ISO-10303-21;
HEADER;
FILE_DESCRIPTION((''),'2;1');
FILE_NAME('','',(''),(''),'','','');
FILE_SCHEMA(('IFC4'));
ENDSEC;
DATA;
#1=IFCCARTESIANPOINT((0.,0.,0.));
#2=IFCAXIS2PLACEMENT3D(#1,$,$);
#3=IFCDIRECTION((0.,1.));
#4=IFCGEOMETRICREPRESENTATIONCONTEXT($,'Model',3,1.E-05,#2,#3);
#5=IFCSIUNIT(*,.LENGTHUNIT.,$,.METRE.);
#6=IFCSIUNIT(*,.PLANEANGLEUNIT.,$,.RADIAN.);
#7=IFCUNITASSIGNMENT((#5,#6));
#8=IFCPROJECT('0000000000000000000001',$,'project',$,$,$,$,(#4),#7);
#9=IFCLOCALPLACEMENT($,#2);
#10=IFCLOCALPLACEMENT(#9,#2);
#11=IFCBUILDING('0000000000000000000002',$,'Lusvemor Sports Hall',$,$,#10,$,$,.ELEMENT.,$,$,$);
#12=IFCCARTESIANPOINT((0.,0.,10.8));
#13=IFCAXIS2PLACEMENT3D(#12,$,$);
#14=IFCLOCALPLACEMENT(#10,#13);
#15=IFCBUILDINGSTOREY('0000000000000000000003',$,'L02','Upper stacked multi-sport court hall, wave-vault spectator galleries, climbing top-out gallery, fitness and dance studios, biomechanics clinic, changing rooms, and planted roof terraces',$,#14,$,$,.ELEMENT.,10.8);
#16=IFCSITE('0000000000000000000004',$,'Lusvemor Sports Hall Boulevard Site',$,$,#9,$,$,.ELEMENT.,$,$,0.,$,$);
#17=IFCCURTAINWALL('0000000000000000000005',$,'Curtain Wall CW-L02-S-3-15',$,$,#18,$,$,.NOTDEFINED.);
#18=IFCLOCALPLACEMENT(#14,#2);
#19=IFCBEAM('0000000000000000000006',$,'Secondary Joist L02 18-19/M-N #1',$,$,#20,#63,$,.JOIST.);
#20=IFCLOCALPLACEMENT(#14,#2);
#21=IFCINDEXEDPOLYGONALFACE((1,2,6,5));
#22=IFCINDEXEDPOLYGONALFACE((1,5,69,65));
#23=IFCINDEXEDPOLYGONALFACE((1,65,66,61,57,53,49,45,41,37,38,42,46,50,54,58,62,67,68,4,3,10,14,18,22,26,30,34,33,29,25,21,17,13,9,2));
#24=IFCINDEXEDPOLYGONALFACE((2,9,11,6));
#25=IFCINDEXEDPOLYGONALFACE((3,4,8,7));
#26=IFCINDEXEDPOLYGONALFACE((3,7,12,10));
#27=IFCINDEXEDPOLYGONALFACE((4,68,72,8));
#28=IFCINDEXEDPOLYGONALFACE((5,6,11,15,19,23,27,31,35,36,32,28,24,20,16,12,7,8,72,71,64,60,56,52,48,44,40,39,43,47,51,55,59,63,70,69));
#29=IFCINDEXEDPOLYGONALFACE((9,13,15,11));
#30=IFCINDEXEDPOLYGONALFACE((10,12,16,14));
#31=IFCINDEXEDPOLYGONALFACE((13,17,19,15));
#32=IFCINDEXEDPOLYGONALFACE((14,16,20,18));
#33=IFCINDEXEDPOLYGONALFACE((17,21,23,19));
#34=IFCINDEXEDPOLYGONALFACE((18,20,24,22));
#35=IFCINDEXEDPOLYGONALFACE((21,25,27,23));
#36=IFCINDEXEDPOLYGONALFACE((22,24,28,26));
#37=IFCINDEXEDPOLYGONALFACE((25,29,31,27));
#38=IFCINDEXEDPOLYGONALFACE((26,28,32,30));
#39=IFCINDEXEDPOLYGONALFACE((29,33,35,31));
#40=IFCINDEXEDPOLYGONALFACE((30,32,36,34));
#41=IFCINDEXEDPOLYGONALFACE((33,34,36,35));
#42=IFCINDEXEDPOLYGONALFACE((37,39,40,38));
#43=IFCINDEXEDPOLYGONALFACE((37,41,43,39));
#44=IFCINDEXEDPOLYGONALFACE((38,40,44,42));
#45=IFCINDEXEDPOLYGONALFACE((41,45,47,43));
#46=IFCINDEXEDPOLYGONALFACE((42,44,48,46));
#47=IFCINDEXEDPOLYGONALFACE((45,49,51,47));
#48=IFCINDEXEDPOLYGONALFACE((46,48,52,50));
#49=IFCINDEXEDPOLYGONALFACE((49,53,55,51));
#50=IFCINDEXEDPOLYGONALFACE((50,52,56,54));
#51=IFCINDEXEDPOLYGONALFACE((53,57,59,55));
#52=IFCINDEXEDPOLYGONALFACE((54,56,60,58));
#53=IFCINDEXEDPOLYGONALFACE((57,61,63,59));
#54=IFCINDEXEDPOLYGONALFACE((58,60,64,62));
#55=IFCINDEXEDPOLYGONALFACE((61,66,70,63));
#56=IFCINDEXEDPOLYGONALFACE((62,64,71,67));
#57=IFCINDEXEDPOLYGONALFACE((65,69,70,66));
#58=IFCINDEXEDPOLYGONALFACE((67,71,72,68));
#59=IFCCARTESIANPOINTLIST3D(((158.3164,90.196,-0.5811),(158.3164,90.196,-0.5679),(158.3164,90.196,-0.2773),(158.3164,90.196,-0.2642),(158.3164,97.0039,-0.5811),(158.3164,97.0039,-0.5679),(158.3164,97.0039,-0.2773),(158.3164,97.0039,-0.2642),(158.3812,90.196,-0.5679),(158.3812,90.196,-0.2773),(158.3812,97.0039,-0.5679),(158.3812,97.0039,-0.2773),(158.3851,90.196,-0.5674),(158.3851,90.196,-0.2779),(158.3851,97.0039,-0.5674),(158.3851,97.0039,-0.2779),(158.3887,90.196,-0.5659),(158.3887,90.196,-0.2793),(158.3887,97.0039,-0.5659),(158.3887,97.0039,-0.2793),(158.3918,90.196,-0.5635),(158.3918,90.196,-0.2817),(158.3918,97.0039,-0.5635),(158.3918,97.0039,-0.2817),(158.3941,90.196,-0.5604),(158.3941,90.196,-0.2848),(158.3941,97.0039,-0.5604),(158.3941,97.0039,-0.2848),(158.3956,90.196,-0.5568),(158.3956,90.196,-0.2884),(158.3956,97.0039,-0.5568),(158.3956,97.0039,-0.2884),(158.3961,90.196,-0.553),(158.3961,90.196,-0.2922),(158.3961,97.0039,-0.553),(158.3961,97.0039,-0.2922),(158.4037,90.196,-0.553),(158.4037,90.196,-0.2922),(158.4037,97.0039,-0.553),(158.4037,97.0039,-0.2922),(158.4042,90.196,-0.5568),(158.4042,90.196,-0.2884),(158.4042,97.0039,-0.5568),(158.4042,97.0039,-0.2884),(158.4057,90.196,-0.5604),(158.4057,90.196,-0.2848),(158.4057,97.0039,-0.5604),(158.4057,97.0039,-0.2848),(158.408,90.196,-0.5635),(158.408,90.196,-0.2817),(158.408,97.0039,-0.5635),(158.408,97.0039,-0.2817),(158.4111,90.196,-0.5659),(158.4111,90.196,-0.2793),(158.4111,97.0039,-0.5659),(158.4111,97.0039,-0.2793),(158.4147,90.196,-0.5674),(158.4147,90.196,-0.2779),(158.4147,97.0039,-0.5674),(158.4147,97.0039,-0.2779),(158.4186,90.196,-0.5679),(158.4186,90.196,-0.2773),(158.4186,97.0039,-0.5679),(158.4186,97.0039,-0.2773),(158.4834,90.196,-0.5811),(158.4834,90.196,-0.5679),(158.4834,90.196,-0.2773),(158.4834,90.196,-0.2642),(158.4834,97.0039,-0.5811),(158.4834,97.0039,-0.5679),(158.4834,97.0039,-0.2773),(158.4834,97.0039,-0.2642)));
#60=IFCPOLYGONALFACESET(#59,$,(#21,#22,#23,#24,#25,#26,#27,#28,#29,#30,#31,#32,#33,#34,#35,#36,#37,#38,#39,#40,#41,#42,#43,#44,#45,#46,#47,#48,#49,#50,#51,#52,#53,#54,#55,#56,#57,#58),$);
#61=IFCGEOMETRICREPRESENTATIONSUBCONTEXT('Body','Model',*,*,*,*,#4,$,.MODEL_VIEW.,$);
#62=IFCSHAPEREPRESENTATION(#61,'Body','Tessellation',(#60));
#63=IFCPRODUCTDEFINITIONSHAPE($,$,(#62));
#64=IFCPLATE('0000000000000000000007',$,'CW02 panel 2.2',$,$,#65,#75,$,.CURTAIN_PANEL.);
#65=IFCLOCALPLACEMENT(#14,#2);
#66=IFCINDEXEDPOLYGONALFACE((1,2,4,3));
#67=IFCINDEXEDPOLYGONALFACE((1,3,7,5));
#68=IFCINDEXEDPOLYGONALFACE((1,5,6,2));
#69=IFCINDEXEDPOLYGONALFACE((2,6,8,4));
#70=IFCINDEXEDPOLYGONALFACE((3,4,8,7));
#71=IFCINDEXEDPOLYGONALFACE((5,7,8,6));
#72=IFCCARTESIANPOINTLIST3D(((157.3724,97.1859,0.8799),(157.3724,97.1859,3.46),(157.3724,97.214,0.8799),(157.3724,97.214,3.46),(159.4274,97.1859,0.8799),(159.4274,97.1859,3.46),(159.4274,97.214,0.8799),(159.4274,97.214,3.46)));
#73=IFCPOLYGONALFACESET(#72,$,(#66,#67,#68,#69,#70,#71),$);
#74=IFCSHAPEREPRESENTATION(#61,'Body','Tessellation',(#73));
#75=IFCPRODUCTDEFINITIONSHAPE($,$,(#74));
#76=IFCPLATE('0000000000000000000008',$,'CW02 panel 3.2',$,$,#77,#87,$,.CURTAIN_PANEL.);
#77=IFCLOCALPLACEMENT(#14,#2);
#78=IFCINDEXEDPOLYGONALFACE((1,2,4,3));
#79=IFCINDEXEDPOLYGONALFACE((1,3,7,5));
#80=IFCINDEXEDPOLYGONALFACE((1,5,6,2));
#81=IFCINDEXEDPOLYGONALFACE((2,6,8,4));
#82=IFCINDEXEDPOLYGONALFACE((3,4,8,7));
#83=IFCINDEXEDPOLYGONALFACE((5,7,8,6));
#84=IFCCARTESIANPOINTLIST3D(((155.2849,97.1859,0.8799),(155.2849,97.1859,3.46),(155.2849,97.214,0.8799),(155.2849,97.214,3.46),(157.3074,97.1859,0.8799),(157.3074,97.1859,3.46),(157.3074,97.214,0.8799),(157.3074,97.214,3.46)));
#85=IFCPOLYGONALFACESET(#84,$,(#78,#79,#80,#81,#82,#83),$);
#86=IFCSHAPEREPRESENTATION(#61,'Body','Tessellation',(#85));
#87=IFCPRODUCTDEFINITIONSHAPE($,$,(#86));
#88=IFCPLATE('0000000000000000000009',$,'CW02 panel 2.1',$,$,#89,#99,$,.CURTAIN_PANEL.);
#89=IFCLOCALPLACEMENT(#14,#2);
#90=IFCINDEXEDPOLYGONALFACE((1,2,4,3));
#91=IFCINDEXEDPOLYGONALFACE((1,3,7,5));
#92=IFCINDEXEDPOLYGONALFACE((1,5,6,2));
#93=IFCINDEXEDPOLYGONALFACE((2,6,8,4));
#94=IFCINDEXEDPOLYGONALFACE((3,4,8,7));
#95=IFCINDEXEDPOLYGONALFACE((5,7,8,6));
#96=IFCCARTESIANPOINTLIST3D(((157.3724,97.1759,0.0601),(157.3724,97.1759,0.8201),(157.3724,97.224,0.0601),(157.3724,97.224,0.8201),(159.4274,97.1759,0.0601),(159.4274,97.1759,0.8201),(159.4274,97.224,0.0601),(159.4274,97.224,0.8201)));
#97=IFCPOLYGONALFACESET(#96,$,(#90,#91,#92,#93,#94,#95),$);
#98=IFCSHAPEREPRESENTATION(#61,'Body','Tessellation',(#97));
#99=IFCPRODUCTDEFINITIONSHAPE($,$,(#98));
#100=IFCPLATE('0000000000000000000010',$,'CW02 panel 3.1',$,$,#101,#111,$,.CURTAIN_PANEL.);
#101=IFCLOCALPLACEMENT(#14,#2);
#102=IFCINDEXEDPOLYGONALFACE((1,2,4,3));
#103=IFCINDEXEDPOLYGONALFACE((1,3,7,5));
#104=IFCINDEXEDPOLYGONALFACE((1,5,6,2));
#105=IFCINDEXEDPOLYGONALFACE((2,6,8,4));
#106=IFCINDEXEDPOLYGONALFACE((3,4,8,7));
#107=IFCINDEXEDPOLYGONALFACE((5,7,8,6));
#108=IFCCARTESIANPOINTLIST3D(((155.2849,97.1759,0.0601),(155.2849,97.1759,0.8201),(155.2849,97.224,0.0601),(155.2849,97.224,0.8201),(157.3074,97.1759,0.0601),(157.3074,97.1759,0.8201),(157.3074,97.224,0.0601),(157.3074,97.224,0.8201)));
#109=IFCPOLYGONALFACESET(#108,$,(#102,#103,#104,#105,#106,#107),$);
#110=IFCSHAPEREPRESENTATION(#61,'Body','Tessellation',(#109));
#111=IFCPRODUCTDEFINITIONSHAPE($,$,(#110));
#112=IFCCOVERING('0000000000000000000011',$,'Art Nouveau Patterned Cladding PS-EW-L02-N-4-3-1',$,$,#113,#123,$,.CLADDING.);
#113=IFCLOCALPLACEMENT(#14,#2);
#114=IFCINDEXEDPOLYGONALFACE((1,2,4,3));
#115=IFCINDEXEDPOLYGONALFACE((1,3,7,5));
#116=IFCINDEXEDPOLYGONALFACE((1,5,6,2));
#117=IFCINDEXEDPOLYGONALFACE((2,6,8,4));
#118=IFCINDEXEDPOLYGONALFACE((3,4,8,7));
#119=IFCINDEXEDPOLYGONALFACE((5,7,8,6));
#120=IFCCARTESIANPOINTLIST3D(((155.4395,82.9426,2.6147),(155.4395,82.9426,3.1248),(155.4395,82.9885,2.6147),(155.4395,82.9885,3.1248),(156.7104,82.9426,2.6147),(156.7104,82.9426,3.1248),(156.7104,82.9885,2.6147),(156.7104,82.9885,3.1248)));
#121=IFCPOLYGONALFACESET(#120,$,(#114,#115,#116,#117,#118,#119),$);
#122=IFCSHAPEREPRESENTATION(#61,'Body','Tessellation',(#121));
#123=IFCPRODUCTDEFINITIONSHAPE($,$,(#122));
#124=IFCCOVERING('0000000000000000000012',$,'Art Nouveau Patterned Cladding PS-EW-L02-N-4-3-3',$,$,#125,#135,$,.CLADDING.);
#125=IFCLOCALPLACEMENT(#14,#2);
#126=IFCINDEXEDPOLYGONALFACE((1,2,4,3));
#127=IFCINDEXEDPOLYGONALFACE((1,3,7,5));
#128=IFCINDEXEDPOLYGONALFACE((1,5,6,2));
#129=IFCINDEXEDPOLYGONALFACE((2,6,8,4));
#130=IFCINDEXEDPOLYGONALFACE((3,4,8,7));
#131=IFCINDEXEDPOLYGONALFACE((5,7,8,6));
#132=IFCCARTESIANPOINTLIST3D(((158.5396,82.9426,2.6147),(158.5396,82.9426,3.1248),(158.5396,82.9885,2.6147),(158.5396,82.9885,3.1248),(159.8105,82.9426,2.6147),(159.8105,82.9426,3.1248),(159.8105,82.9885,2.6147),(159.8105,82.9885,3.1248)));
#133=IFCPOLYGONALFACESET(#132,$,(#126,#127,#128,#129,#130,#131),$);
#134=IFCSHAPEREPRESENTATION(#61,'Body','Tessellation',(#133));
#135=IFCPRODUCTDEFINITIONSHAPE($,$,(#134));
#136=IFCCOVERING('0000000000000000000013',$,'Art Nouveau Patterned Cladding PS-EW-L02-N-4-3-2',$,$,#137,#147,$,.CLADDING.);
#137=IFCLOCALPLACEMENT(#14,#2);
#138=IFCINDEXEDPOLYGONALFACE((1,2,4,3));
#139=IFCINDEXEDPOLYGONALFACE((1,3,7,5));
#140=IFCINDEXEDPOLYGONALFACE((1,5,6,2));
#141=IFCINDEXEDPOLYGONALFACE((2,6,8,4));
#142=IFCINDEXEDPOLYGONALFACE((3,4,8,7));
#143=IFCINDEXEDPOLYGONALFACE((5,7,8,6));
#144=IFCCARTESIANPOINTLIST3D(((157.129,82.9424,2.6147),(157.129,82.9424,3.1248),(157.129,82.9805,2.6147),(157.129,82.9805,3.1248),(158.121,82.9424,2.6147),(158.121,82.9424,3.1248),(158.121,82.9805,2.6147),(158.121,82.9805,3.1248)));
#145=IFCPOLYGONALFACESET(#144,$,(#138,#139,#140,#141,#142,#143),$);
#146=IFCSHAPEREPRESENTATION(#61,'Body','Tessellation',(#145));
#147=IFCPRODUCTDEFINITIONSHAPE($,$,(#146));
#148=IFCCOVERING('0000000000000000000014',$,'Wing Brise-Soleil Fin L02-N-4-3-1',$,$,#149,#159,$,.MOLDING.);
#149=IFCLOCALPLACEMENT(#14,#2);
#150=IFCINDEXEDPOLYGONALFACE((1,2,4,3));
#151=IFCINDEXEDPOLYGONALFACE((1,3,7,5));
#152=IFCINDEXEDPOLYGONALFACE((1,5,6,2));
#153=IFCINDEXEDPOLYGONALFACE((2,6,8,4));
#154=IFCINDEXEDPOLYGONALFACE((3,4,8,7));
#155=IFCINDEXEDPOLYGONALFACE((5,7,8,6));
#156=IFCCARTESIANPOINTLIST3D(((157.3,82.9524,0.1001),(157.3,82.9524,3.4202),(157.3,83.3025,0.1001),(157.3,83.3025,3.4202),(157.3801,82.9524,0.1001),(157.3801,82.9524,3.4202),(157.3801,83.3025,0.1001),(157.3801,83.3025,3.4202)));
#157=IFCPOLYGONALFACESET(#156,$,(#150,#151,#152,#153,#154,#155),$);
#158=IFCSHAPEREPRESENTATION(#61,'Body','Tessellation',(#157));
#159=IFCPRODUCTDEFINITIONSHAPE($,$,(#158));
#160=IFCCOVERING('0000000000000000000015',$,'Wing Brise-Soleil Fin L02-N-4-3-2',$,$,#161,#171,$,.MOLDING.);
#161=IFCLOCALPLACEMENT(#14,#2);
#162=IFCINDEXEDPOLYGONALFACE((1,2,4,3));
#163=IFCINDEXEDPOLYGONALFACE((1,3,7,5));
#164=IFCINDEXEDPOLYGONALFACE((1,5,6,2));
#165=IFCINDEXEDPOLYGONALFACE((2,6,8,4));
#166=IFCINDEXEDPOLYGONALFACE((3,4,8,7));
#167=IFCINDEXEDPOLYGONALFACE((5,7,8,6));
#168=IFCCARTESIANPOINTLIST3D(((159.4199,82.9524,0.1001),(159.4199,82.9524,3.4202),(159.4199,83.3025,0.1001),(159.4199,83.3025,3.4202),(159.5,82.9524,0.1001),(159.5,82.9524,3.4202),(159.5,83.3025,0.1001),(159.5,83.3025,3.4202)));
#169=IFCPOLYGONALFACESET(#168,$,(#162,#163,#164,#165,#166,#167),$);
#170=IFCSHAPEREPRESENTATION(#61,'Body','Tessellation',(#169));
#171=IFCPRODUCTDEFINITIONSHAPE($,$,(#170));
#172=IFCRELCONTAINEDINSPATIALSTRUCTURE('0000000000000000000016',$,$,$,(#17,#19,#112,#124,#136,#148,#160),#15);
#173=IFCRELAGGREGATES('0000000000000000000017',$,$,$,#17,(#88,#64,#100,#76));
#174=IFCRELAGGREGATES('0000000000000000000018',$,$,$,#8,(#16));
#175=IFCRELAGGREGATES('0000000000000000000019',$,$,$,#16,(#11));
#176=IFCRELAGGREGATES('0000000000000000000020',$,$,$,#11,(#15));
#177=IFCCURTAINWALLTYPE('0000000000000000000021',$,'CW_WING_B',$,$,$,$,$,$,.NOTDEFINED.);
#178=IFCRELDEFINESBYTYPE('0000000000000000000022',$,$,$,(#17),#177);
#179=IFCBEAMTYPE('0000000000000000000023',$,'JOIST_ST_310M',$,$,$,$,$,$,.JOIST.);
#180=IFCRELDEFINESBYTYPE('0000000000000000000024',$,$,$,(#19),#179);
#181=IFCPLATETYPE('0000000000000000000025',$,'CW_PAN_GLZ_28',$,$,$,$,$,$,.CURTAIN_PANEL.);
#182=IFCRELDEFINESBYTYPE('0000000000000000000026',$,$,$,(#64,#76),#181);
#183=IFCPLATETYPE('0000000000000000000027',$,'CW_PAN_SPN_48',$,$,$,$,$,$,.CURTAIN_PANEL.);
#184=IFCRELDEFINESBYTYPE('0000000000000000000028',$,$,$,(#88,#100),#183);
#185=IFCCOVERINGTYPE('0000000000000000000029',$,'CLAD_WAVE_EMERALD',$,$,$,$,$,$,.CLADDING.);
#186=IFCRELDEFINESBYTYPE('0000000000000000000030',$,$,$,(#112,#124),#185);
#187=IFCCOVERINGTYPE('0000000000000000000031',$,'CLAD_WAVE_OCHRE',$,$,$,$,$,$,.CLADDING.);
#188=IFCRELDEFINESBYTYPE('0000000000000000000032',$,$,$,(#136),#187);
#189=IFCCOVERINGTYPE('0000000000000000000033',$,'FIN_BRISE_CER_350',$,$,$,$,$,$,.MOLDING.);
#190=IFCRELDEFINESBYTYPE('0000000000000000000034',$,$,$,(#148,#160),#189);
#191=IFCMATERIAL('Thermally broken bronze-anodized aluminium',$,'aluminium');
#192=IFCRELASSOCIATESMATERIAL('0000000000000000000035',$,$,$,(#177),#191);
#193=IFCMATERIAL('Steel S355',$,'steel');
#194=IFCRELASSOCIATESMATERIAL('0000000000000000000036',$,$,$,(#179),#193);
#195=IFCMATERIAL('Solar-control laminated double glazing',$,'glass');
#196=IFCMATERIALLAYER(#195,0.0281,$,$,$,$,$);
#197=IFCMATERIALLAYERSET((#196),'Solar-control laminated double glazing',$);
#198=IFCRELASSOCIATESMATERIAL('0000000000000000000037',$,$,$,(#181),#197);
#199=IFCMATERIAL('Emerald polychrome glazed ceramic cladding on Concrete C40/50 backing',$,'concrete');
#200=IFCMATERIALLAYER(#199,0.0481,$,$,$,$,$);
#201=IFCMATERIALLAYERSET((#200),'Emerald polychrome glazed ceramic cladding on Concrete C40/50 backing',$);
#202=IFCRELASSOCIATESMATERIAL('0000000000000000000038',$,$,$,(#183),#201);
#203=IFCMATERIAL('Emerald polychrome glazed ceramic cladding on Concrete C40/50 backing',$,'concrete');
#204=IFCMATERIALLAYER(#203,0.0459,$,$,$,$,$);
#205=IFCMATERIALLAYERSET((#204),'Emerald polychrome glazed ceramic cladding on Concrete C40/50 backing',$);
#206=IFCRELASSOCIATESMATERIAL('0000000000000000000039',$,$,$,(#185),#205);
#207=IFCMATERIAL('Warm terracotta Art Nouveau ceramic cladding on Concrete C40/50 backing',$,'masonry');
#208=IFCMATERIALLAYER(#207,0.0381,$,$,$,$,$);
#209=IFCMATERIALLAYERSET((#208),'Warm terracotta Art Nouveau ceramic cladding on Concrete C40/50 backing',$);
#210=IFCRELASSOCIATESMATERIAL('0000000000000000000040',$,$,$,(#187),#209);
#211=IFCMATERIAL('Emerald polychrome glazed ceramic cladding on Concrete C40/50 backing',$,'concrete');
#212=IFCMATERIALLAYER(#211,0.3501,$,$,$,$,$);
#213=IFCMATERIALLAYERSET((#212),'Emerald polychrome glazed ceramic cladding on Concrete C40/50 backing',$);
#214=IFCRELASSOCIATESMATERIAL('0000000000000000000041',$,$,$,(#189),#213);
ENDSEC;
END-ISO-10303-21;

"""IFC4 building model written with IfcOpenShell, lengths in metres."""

from ifc_helpers import new_model, si_unit, direction, frame, origin, origin_2d, place, context, subcontext, project, spatial, rectangle, i_section, extrude, material, layer, layer_set, material_profile, profile_set, type_object, element, aggregate, save


model = new_model("IFC4")

# Units and contexts
model_context = context("Model", 3, precision=1e-05, world=origin(), true_north=direction((0.0, 1.0)))
body_context = subcontext(model_context, "Body", "Model", "MODEL_VIEW")
ifc_project = project(units=[si_unit("LENGTHUNIT", "METRE"), si_unit("PLANEANGLEUNIT", "RADIAN")], contexts=[model_context])

# Site, building, storey
site_placement = place(None, origin())
site = spatial("IfcSite", under=ifc_project, at=site_placement, Name="Lusvemor Sports Hall Boulevard Site", CompositionType="ELEMENT", RefElevation=0.0)
building_placement = place(site_placement, origin())
building = spatial("IfcBuilding", under=site, at=building_placement, Name="Lusvemor Sports Hall", CompositionType="ELEMENT")
storey_placement = place(building_placement, frame((0.0, 0.0, 10.8)))
storey = spatial("IfcBuildingStorey", under=building, at=storey_placement, Name="L02", Description="Upper stacked multi-sport court hall, wave-vault spectator galleries, climbing top-out gallery, fitness and dance studios, biomechanics clinic, changing rooms, and planted roof terraces", CompositionType="ELEMENT", Elevation=10.8)

# Curtain wall
ifc_material_1 = material(Name="Thermally broken bronze-anodized aluminium", Category="aluminium")
curtain_wall_type = type_object("IfcCurtainWallType", Name="CW_WING_B", PredefinedType="NOTDEFINED", material=ifc_material_1)
curtain_wall_placement = place(storey_placement, origin())
curtain_wall = element("IfcCurtainWall", 1, at=curtain_wall_placement, inside=storey, type_object=curtain_wall_type, Name="Curtain Wall CW-L02-S-3-15", PredefinedType="NOTDEFINED")

# Beam
ifc_material_2 = material(Name="Steel S355", Category="steel")
ifc_material_profile_1 = material_profile(ifc_material_2, i_section(OverallWidth=0.167, OverallDepth=0.3169, WebThickness=0.0076, FlangeThickness=0.0132, FilletRadius=0.0149, at=origin_2d()), Name="W310x52.0")
ifc_profile_set_1 = profile_set([ifc_material_profile_1], Name="Steel S355")
beam_type_1 = type_object("IfcBeamType", Name="JOIST_ST_310M", PredefinedType="JOIST", material=ifc_profile_set_1)
for number, where, z_axis, x_axis, name in (
    (2, (158.3999, 90.196, -0.4226), (0.0, 1.0, 0.0), (-1.0, 0.0, 0.0), "Secondary Joist L02 18-19/M-N #1"),
):
    element("IfcBeam", number, at=place(storey_placement, frame(where, z_axis=z_axis, x_axis=x_axis)), inside=storey, type_object=beam_type_1, Name=name, PredefinedType="JOIST", context=body_context, shape_type="SweptSolid", body=[
        extrude(i_section(OverallWidth=0.167, OverallDepth=0.3169, WebThickness=0.0076, FlangeThickness=0.0132, FilletRadius=0.0149, at=origin_2d()), origin(), (0.0, 0.0, 1.0), 6.8079),
    ])

# Plates
ifc_material_3 = material(Name="Solar-control laminated double glazing", Category="glass")
ifc_layer_1 = layer(ifc_material_3, 0.0281)
ifc_layer_set_1 = layer_set([ifc_layer_1], Name="Solar-control laminated double glazing")
plate_type_1 = type_object("IfcPlateType", Name="CW_PAN_GLZ_28", PredefinedType="CURTAIN_PANEL", material=ifc_layer_set_1)
plate_1_placement = place(storey_placement, frame((158.3999, 97.2, 0.8799), z_axis=(0.0, 0.0, 1.0), x_axis=(-1.0, 0.0, 0.0)))
plate_1 = element("IfcPlate", 3, at=plate_1_placement, type_object=plate_type_1, Name="CW02 panel 2.2", PredefinedType="CURTAIN_PANEL", context=body_context, shape_type="SweptSolid", body=[
    extrude(rectangle(XDim=2.0549, YDim=0.0281, at=origin_2d()), origin(), (0.0, 0.0, 1.0), 2.5801),
])
plate_2_placement = place(storey_placement, frame((156.2961, 97.2, 0.8799), z_axis=(0.0, 0.0, 1.0), x_axis=(-1.0, 0.0, 0.0)))
plate_2 = element("IfcPlate", 4, at=plate_2_placement, type_object=plate_type_1, Name="CW02 panel 3.2", PredefinedType="CURTAIN_PANEL", context=body_context, shape_type="SweptSolid", body=[
    extrude(rectangle(XDim=2.0225, YDim=0.0281, at=origin_2d()), origin(), (0.0, 0.0, 1.0), 2.5801),
])
ifc_material_4 = material(Name="Emerald polychrome glazed ceramic cladding on Concrete C40/50 backing", Category="concrete")
ifc_layer_2 = layer(ifc_material_4, 0.0481)
ifc_layer_set_2 = layer_set([ifc_layer_2], Name="Emerald polychrome glazed ceramic cladding on Concrete C40/50 backing")
plate_type_2 = type_object("IfcPlateType", Name="CW_PAN_SPN_48", PredefinedType="CURTAIN_PANEL", material=ifc_layer_set_2)
plate_3_placement = place(storey_placement, frame((158.3999, 97.2, 0.0601), z_axis=(0.0, 0.0, 1.0), x_axis=(-1.0, 0.0, 0.0)))
plate_3 = element("IfcPlate", 5, at=plate_3_placement, type_object=plate_type_2, Name="CW02 panel 2.1", PredefinedType="CURTAIN_PANEL", context=body_context, shape_type="SweptSolid", body=[
    extrude(rectangle(XDim=2.0549, YDim=0.0481, at=origin_2d()), origin(), (0.0, 0.0, 1.0), 0.76),
])
plate_4_placement = place(storey_placement, frame((156.2961, 97.2, 0.0601), z_axis=(0.0, 0.0, 1.0), x_axis=(-1.0, 0.0, 0.0)))
plate_4 = element("IfcPlate", 6, at=plate_4_placement, type_object=plate_type_2, Name="CW02 panel 3.1", PredefinedType="CURTAIN_PANEL", context=body_context, shape_type="SweptSolid", body=[
    extrude(rectangle(XDim=2.0225, YDim=0.0481, at=origin_2d()), origin(), (0.0, 0.0, 1.0), 0.76),
])
aggregate(curtain_wall, [plate_3, plate_1, plate_4, plate_2])

# Coverings
ifc_material_5 = material(Name="Emerald polychrome glazed ceramic cladding on Concrete C40/50 backing", Category="concrete")
ifc_layer_3 = layer(ifc_material_5, 0.0459)
ifc_layer_set_3 = layer_set([ifc_layer_3], Name="Emerald polychrome glazed ceramic cladding on Concrete C40/50 backing")
covering_type_1 = type_object("IfcCoveringType", Name="CLAD_WAVE_EMERALD", PredefinedType="CLADDING", material=ifc_layer_set_3)
for number, where, z_axis, x_axis, name in (
    (7, (156.075, 82.9656, 2.6147), (0.0, 0.0, 1.0), (1.0, 0.0, 0.0), "Art Nouveau Patterned Cladding PS-EW-L02-N-4-3-1"),
    (8, (159.175, 82.9656, 2.6147), (0.0, 0.0, 1.0), (1.0, 0.0, 0.0), "Art Nouveau Patterned Cladding PS-EW-L02-N-4-3-3"),
):
    element("IfcCovering", number, at=place(storey_placement, frame(where, z_axis=z_axis, x_axis=x_axis)), inside=storey, type_object=covering_type_1, Name=name, PredefinedType="CLADDING", context=body_context, shape_type="SweptSolid", body=[
        extrude(rectangle(XDim=1.271, YDim=0.0459, at=origin_2d()), origin(), (0.0, 0.0, 1.0), 0.51),
    ])
ifc_material_6 = material(Name="Warm terracotta Art Nouveau ceramic cladding on Concrete C40/50 backing", Category="masonry")
ifc_layer_4 = layer(ifc_material_6, 0.0381)
ifc_layer_set_4 = layer_set([ifc_layer_4], Name="Warm terracotta Art Nouveau ceramic cladding on Concrete C40/50 backing")
covering_type_2 = type_object("IfcCoveringType", Name="CLAD_WAVE_OCHRE", PredefinedType="CLADDING", material=ifc_layer_set_4)
covering_placement = place(storey_placement, frame((157.625, 82.9614, 2.6147), z_axis=(0.0, 0.0, 1.0), x_axis=(1.0, 0.0, 0.0)))
element("IfcCovering", 9, at=covering_placement, inside=storey, type_object=covering_type_2, Name="Art Nouveau Patterned Cladding PS-EW-L02-N-4-3-2", PredefinedType="CLADDING", context=body_context, shape_type="SweptSolid", body=[
    extrude(rectangle(XDim=0.9919, YDim=0.0381, at=origin_2d()), origin(), (0.0, 0.0, 1.0), 0.51),
])
ifc_material_7 = material(Name="Emerald polychrome glazed ceramic cladding on Concrete C40/50 backing", Category="concrete")
ifc_layer_5 = layer(ifc_material_7, 0.3501)
ifc_layer_set_5 = layer_set([ifc_layer_5], Name="Emerald polychrome glazed ceramic cladding on Concrete C40/50 backing")
covering_type_3 = type_object("IfcCoveringType", Name="FIN_BRISE_CER_350", PredefinedType="MOLDING", material=ifc_layer_set_5)
for number, where, z_axis, x_axis, name in (
    (10, (157.3401, 83.1274, 0.1001), (0.0, 0.0, 1.0), (1.0, 0.0, 0.0), "Wing Brise-Soleil Fin L02-N-4-3-1"),
    (11, (159.46, 83.1274, 0.1001), (0.0, 0.0, 1.0), (1.0, 0.0, 0.0), "Wing Brise-Soleil Fin L02-N-4-3-2"),
):
    element("IfcCovering", number, at=place(storey_placement, frame(where, z_axis=z_axis, x_axis=x_axis)), inside=storey, type_object=covering_type_3, Name=name, PredefinedType="MOLDING", context=body_context, shape_type="SweptSolid", body=[
        extrude(rectangle(XDim=0.0801, YDim=0.3501, at=origin_2d()), origin(), (0.0, 0.0, 1.0), 3.3201),
    ])

save(model, "model.ifc")
